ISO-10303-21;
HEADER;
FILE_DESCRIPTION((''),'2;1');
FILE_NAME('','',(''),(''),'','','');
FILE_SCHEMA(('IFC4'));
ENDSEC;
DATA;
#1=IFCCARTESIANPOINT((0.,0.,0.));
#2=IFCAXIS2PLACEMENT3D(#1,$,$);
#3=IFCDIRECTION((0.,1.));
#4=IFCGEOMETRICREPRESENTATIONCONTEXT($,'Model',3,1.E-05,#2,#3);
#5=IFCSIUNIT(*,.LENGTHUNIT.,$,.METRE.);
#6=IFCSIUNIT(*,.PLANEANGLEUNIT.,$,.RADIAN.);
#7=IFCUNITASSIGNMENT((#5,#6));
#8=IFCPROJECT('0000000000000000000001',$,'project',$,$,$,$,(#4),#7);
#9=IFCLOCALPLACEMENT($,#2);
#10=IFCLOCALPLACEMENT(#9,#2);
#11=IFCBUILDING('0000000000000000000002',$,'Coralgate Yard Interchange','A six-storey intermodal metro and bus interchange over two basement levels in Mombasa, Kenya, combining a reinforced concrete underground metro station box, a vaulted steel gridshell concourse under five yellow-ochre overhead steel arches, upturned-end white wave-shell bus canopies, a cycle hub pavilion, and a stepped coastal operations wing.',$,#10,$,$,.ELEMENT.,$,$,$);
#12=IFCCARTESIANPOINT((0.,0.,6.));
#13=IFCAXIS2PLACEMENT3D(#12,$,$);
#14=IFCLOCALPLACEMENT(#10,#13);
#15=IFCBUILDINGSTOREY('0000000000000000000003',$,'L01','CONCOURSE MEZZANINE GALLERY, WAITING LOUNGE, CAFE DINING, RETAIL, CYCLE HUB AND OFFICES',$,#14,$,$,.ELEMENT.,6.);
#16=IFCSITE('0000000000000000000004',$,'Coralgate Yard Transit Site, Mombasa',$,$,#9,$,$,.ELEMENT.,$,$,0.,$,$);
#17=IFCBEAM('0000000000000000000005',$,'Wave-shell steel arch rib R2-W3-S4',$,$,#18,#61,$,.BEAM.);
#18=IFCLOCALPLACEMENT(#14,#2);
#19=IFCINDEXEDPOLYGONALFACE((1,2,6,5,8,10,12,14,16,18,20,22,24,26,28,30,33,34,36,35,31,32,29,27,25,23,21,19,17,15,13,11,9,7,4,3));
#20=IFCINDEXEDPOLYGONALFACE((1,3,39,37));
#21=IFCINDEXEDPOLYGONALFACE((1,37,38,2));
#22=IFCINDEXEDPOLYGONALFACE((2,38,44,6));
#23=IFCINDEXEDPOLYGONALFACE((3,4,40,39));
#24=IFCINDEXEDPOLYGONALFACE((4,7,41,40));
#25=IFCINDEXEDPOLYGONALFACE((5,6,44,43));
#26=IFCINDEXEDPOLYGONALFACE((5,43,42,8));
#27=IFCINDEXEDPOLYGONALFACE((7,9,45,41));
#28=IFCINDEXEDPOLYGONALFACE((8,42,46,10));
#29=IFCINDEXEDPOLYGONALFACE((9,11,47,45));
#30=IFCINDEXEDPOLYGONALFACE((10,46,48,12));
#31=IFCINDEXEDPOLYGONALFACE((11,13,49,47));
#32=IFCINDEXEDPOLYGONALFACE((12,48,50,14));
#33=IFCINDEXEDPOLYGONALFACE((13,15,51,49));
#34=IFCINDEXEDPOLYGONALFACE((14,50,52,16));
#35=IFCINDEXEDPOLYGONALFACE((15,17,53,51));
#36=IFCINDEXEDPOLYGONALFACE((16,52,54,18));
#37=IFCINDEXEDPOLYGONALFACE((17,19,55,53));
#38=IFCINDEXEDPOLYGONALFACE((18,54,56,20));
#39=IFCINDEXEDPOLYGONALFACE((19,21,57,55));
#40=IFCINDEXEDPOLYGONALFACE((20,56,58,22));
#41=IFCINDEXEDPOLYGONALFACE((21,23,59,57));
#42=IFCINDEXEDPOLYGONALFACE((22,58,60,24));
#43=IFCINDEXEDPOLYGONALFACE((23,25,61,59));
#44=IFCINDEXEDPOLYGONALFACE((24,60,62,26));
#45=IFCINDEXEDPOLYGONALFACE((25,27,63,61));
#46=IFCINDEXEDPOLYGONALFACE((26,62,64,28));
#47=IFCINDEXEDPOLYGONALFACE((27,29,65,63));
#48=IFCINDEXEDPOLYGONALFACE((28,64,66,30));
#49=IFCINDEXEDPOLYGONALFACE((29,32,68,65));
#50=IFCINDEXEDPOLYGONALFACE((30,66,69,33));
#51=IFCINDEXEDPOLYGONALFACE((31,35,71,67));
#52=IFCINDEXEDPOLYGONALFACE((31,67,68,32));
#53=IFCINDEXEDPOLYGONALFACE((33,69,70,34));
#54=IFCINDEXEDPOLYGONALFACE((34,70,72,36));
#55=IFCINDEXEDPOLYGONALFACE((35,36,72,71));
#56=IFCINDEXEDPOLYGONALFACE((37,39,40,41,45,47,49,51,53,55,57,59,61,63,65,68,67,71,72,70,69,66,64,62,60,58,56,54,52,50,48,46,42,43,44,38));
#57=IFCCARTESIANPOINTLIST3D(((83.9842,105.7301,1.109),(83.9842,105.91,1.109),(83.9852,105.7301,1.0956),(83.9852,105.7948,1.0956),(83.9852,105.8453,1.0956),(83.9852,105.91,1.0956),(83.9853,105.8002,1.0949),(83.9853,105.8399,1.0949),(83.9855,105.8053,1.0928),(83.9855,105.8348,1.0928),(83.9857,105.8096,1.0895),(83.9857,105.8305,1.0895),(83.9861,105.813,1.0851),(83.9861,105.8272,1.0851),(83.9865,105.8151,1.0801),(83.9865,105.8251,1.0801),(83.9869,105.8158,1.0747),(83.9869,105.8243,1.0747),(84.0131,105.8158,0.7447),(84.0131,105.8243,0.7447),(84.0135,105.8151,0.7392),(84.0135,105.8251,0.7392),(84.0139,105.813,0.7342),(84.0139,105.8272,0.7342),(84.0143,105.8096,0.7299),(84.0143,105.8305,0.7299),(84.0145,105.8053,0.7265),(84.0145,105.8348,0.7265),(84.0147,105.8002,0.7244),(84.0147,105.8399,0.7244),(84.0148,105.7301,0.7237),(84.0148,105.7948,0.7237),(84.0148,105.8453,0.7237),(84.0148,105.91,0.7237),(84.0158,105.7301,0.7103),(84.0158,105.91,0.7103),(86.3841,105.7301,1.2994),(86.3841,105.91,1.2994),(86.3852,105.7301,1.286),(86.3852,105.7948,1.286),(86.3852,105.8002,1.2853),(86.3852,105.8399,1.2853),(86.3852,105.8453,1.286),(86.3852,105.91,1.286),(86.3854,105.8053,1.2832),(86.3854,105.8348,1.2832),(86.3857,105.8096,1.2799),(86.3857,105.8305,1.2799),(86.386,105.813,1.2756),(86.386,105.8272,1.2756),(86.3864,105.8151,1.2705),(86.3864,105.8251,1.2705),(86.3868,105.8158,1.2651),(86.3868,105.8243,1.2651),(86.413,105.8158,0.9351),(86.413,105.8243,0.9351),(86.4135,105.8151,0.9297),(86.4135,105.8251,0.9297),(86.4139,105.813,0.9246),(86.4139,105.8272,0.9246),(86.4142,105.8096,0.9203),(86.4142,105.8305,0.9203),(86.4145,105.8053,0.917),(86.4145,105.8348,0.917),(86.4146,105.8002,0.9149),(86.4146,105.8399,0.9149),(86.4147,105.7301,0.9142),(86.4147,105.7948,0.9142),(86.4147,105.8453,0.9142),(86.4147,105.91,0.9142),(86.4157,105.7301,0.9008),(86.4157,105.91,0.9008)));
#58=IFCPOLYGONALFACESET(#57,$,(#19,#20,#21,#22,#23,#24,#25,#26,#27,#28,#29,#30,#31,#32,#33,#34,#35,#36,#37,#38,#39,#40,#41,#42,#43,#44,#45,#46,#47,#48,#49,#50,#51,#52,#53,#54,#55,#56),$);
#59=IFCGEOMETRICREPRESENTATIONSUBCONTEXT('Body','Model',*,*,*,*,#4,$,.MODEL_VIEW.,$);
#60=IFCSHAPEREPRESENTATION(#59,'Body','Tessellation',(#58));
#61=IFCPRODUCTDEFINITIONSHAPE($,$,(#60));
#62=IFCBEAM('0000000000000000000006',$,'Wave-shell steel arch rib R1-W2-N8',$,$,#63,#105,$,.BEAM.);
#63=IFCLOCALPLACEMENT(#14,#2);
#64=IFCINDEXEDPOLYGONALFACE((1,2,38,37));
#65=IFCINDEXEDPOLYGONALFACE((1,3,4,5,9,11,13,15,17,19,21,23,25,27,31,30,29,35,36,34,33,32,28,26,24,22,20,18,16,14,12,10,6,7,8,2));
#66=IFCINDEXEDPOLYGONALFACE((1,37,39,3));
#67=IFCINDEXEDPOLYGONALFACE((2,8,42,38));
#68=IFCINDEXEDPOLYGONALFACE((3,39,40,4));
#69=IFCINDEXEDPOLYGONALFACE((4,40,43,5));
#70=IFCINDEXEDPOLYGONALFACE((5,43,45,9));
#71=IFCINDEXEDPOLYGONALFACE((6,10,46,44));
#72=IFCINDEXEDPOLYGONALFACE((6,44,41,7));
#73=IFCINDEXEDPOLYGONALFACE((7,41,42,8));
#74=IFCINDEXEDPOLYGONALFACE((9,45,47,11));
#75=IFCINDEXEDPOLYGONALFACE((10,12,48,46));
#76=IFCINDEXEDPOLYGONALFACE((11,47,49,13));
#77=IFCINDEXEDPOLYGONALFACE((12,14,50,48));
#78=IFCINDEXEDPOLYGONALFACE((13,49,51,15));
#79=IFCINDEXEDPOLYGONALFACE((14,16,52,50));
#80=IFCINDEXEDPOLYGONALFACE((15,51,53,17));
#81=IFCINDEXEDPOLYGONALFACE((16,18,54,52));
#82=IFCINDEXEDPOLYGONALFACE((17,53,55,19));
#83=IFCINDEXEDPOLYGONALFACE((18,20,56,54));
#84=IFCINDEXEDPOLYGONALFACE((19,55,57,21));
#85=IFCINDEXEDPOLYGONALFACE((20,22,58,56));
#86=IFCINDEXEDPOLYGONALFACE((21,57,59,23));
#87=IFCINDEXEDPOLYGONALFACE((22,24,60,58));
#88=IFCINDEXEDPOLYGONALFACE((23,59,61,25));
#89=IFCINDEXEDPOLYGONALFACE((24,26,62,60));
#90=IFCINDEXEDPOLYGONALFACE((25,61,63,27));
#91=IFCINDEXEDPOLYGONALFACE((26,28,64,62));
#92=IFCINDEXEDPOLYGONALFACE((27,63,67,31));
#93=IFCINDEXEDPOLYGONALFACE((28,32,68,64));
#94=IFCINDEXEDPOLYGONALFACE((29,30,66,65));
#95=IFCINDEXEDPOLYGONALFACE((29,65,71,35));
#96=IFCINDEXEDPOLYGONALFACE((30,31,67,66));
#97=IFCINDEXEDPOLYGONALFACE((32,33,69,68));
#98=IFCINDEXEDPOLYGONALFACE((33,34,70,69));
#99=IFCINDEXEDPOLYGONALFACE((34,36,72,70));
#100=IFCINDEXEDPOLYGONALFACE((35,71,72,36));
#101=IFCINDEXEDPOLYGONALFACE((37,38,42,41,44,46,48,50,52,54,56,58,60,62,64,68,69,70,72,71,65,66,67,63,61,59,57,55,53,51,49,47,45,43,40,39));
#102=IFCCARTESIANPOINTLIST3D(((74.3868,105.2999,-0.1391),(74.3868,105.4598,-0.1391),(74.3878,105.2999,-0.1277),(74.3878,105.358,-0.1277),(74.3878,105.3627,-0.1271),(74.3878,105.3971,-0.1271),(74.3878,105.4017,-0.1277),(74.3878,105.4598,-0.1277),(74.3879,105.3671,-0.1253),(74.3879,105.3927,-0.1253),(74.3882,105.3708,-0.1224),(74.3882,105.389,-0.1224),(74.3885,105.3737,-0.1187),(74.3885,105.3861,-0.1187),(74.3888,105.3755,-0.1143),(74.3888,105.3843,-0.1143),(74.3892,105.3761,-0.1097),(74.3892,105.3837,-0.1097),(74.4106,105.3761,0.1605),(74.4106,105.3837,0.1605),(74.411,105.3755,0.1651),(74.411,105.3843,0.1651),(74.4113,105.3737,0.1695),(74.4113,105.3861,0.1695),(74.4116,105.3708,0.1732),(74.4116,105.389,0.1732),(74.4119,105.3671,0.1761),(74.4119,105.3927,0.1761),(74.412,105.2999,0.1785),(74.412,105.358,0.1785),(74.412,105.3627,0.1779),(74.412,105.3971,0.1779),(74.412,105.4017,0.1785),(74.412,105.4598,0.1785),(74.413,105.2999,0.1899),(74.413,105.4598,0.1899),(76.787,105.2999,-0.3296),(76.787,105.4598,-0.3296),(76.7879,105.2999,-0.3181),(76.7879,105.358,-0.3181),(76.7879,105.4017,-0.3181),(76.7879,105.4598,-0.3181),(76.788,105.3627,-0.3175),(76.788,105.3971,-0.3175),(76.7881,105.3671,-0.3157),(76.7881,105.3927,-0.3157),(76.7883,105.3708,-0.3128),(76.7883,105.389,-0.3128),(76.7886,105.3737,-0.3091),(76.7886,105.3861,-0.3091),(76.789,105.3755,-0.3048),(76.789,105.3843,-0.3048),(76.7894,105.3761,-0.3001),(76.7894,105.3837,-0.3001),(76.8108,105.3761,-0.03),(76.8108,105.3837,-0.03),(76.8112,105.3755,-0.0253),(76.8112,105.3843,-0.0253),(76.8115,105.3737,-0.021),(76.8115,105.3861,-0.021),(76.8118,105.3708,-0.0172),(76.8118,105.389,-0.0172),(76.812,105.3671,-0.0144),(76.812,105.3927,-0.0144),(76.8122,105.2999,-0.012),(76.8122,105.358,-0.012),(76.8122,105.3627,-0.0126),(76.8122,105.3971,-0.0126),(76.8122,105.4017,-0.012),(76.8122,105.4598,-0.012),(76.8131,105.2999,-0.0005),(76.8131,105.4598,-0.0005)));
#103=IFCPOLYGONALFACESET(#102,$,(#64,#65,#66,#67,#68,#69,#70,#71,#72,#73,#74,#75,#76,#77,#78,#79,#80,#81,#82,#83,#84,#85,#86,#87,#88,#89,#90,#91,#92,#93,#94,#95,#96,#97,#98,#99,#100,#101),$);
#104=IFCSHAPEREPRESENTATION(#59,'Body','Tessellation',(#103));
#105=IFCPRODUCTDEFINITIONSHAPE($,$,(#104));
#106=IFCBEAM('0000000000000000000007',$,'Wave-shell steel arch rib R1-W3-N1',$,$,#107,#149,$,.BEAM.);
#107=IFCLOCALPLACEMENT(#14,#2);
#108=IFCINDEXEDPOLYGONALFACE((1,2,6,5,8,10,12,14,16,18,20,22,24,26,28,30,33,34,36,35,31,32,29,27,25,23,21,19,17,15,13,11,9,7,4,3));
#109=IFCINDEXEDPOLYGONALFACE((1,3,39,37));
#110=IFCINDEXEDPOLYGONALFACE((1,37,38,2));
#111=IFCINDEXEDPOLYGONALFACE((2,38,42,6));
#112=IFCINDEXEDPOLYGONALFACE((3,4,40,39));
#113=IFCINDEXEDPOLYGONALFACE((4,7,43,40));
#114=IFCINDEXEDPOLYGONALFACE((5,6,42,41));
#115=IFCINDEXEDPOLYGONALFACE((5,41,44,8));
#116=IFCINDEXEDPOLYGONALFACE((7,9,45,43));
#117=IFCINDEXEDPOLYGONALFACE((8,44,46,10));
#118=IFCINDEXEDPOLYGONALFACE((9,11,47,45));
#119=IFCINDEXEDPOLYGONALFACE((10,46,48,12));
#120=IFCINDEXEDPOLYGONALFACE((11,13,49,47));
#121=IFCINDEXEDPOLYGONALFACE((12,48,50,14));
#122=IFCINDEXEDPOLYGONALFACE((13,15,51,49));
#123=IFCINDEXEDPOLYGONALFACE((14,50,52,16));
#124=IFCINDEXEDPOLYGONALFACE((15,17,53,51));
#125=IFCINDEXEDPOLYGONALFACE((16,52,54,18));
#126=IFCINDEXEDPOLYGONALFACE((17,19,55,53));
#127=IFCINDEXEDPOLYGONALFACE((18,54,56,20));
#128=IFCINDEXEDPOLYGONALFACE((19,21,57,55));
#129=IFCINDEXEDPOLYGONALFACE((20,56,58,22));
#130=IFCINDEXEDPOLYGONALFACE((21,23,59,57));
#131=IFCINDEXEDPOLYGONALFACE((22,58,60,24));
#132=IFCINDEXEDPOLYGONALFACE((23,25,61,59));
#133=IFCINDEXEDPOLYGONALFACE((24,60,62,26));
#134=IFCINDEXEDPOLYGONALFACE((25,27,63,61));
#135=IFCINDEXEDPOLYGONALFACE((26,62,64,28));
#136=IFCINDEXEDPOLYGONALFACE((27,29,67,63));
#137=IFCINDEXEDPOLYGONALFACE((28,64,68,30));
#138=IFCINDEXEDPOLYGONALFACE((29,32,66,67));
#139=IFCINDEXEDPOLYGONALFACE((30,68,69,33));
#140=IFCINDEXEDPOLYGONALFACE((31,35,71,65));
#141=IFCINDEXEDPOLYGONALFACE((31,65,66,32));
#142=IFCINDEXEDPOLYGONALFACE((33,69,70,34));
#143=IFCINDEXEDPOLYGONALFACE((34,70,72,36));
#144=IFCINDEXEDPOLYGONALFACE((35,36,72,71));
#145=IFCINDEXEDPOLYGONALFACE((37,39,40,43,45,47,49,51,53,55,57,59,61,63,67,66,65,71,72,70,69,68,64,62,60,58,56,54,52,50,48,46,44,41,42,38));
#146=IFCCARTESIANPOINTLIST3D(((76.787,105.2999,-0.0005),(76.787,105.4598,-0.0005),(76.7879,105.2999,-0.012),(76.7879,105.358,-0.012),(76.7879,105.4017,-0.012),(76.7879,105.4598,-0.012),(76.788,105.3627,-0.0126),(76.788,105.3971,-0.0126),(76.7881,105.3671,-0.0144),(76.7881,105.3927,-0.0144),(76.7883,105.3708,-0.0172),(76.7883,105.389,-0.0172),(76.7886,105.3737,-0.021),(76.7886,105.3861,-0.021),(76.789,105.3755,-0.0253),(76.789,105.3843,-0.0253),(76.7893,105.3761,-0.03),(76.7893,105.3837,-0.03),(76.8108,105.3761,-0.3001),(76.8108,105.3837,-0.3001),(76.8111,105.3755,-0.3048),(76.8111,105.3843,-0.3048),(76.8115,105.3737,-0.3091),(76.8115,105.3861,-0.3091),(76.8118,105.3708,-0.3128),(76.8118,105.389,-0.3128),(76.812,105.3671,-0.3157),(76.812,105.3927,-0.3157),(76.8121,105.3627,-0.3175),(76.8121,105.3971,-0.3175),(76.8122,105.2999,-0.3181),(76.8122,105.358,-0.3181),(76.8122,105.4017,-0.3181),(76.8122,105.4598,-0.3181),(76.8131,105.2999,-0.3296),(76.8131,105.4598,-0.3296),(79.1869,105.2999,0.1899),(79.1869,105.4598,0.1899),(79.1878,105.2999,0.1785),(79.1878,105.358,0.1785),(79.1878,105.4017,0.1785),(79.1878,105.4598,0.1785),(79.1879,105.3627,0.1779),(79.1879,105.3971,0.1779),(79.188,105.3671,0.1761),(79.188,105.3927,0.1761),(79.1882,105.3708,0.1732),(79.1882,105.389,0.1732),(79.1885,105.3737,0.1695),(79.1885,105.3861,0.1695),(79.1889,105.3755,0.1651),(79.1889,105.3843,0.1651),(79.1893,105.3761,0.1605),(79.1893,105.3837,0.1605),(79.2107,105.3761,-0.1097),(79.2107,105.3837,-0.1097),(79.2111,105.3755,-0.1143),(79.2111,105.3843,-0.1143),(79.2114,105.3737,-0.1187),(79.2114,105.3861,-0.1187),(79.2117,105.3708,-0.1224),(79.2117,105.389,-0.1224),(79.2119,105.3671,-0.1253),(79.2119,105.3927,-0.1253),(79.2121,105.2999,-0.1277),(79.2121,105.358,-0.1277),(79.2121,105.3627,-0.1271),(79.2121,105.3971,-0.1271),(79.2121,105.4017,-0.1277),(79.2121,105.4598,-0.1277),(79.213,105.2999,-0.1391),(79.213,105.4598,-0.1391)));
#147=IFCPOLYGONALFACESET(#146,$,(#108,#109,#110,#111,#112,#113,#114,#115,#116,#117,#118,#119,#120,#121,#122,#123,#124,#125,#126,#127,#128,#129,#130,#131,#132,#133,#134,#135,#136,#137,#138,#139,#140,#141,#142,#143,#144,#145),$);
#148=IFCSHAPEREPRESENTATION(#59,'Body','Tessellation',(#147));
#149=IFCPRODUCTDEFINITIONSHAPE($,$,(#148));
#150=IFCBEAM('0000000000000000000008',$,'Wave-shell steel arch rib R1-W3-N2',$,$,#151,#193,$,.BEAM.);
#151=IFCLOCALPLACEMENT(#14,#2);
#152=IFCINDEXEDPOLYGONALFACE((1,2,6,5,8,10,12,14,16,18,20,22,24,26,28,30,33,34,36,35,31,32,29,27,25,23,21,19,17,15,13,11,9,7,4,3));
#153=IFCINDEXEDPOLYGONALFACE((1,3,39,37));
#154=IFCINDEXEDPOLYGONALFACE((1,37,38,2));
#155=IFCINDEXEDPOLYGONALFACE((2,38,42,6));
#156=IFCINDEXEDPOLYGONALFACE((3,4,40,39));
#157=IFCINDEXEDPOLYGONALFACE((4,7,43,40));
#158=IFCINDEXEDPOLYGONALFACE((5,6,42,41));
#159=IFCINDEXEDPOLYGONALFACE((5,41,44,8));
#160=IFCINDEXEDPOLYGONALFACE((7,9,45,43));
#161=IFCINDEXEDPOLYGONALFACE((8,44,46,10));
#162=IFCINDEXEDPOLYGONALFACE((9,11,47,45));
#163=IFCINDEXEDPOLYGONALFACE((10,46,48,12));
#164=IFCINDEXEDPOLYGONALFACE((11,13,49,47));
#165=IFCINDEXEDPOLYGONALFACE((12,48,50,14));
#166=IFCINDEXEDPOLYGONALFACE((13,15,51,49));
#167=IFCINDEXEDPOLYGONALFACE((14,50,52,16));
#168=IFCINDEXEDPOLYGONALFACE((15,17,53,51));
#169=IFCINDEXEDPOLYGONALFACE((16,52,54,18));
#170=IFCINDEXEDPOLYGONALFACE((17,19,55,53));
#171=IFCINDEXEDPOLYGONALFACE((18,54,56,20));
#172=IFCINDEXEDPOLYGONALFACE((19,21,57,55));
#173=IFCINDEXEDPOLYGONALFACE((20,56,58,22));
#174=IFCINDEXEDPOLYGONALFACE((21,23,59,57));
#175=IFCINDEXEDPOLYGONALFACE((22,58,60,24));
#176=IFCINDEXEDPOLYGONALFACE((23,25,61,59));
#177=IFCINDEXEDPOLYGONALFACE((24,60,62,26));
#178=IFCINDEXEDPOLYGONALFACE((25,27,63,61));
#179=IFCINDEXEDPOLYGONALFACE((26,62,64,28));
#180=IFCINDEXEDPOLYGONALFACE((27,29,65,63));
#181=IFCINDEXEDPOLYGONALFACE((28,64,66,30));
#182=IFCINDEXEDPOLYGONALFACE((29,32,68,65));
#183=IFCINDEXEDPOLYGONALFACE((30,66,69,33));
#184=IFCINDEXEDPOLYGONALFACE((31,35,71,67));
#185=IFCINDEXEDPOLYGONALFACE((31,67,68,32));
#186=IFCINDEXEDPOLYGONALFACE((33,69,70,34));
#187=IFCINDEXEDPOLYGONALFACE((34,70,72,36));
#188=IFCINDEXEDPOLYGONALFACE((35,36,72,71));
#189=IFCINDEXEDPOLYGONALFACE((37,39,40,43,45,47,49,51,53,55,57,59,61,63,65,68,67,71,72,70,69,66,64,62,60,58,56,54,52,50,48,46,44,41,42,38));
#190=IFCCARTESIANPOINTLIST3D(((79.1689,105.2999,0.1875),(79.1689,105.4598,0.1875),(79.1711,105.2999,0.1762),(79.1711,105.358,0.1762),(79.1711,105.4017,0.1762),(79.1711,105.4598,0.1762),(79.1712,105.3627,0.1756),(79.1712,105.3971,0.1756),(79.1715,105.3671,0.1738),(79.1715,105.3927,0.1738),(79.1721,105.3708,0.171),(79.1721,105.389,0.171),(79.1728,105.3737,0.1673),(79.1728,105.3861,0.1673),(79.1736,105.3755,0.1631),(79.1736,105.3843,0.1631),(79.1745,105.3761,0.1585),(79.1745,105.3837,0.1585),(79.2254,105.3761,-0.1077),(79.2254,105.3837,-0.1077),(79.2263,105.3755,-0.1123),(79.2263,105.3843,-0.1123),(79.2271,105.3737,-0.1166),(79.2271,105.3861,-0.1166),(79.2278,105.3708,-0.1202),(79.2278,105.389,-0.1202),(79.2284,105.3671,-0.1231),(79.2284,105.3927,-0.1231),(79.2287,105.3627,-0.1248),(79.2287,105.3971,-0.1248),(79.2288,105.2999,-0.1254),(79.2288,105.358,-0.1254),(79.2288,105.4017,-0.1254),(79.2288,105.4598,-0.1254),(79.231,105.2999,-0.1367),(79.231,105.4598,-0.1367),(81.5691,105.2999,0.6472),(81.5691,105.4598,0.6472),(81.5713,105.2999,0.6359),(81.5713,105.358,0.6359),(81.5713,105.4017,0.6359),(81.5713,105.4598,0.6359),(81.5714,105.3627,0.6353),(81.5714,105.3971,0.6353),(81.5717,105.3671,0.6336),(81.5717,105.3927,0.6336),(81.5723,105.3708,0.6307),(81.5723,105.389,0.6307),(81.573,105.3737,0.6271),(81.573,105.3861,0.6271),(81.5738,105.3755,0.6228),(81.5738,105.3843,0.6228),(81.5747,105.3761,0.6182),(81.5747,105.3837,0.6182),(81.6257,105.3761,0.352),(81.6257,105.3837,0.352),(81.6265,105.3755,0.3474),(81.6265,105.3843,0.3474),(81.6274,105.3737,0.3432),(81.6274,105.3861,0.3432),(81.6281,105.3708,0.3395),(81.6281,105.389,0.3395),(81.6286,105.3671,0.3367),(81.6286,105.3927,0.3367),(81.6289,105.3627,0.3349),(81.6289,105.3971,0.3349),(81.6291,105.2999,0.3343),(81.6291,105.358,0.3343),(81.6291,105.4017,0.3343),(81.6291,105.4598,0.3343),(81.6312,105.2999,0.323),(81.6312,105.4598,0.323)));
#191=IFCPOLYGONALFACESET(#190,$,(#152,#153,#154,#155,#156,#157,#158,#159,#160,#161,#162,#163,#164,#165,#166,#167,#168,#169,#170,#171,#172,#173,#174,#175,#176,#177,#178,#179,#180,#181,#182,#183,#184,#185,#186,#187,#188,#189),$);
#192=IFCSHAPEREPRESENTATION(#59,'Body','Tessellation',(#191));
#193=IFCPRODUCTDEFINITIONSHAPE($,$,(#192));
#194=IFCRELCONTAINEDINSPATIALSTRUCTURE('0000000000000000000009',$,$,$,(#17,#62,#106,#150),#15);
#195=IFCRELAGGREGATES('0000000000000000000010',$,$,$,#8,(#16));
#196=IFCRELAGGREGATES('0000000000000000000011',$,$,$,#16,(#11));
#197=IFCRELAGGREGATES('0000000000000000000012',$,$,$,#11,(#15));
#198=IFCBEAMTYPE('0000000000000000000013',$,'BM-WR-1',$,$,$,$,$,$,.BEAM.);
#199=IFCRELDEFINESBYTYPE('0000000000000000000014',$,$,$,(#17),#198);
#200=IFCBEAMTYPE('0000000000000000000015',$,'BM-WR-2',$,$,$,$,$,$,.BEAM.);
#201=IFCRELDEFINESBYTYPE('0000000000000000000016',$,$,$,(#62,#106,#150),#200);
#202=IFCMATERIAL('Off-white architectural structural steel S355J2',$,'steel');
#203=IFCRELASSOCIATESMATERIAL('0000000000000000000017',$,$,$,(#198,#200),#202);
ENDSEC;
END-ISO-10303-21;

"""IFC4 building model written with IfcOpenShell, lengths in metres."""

from ifc_helpers import new_model, si_unit, direction, frame, origin, origin_2d, place, context, subcontext, project, spatial, i_section, extrude, material, material_profile, profile_set, type_object, element, save


model = new_model("IFC4")

# Units and contexts
model_context = context("Model", 3, precision=1e-05, world=origin(), true_north=direction((0.0, 1.0)))
body_context = subcontext(model_context, "Body", "Model", "MODEL_VIEW")
ifc_project = project(units=[si_unit("LENGTHUNIT", "METRE"), si_unit("PLANEANGLEUNIT", "RADIAN")], contexts=[model_context])

# Site, building, storey
site_placement = place(None, origin())
site = spatial("IfcSite", under=ifc_project, at=site_placement, Name="Coralgate Yard Transit Site, Mombasa", CompositionType="ELEMENT", RefElevation=0.0)
building_placement = place(site_placement, origin())
building = spatial("IfcBuilding", under=site, at=building_placement, Name="Coralgate Yard Interchange", Description="A six-storey intermodal metro and bus interchange over two basement levels in Mombasa, Kenya, combining a reinforced concrete underground metro station box, a vaulted steel gridshell concourse under five yellow-ochre overhead steel arches, upturned-end white wave-shell bus canopies, a cycle hub pavilion, and a stepped coastal operations wing.", CompositionType="ELEMENT")
storey_placement = place(building_placement, frame((0.0, 0.0, 6.0)))
storey = spatial("IfcBuildingStorey", under=building, at=storey_placement, Name="L01", Description="CONCOURSE MEZZANINE GALLERY, WAITING LOUNGE, CAFE DINING, RETAIL, CYCLE HUB AND OFFICES", CompositionType="ELEMENT", Elevation=6.0)

# Beams
ifc_material_1 = material(Name="Off-white architectural structural steel S355J2", Category="steel")
ifc_material_profile_1 = material_profile(ifc_material_1, i_section(OverallWidth=0.1799, OverallDepth=0.3999, WebThickness=0.0085, FlangeThickness=0.0134, FilletRadius=0.021, at=origin_2d()), Name="IPE 400")
ifc_profile_set_1 = profile_set([ifc_material_profile_1], Name="Off-white architectural structural steel S355J2")
beam_type_1 = type_object("IfcBeamType", Name="BM-WR-1", PredefinedType="BEAM", material=ifc_profile_set_1)
beam_1_placement = place(storey_placement, frame((84.0, 105.8201, 0.9097), z_axis=(0.996867, 0.0, 0.0791), x_axis=(0.0, 1.0, 0.0)))
element("IfcBeam", 1, at=beam_1_placement, inside=storey, type_object=beam_type_1, Name="Wave-shell steel arch rib R2-W3-S4", PredefinedType="BEAM", context=body_context, shape_type="SweptSolid", body=[
    extrude(i_section(OverallWidth=0.1799, OverallDepth=0.3999, WebThickness=0.0085, FlangeThickness=0.0134, FilletRadius=0.021, at=origin_2d()), origin(), (0.0, 0.0, 1.0), 2.4075),
])
ifc_material_profile_2 = material_profile(ifc_material_1, i_section(OverallWidth=0.1599, OverallDepth=0.3301, WebThickness=0.0076, FlangeThickness=0.0115, FilletRadius=0.0181, at=origin_2d()), Name="IPE 330")
ifc_profile_set_2 = profile_set([ifc_material_profile_2], Name="Off-white architectural structural steel S355J2")
beam_type_2 = type_object("IfcBeamType", Name="BM-WR-2", PredefinedType="BEAM", material=ifc_profile_set_2)
beam_2_placement = place(storey_placement, frame((74.3999, 105.3799, 0.0254), z_axis=(0.996867, 0.0, -0.079092), x_axis=(0.0, 1.0, 0.0)))
element("IfcBeam", 2, at=beam_2_placement, inside=storey, type_object=beam_type_2, Name="Wave-shell steel arch rib R1-W2-N8", PredefinedType="BEAM", context=body_context, shape_type="SweptSolid", body=[
    extrude(i_section(OverallWidth=0.1599, OverallDepth=0.3301, WebThickness=0.0076, FlangeThickness=0.0115, FilletRadius=0.0181, at=origin_2d()), origin(), (0.0, 0.0, 1.0), 2.4077),
])
beam_3_placement = place(storey_placement, frame((76.8, 105.3799, -0.165), z_axis=(0.996867, 0.0, 0.0791), x_axis=(0.0, 1.0, 0.0)))
element("IfcBeam", 3, at=beam_3_placement, inside=storey, type_object=beam_type_2, Name="Wave-shell steel arch rib R1-W3-N1", PredefinedType="BEAM", context=body_context, shape_type="SweptSolid", body=[
    extrude(i_section(OverallWidth=0.1599, OverallDepth=0.3301, WebThickness=0.0076, FlangeThickness=0.0115, FilletRadius=0.0181, at=origin_2d()), origin(), (0.0, 0.0, 1.0), 2.4075),
])
beam_4_placement = place(storey_placement, frame((79.2, 105.3799, 0.0254), z_axis=(0.982147, 0.0, 0.188117), x_axis=(0.0, 1.0, 0.0)))
element("IfcBeam", 4, at=beam_4_placement, inside=storey, type_object=beam_type_2, Name="Wave-shell steel arch rib R1-W3-N2", PredefinedType="BEAM", context=body_context, shape_type="SweptSolid", body=[
    extrude(i_section(OverallWidth=0.1599, OverallDepth=0.3301, WebThickness=0.0076, FlangeThickness=0.0115, FilletRadius=0.0181, at=origin_2d()), origin(), (0.0, 0.0, 1.0), 2.4438),
])

save(model, "model.ifc")
